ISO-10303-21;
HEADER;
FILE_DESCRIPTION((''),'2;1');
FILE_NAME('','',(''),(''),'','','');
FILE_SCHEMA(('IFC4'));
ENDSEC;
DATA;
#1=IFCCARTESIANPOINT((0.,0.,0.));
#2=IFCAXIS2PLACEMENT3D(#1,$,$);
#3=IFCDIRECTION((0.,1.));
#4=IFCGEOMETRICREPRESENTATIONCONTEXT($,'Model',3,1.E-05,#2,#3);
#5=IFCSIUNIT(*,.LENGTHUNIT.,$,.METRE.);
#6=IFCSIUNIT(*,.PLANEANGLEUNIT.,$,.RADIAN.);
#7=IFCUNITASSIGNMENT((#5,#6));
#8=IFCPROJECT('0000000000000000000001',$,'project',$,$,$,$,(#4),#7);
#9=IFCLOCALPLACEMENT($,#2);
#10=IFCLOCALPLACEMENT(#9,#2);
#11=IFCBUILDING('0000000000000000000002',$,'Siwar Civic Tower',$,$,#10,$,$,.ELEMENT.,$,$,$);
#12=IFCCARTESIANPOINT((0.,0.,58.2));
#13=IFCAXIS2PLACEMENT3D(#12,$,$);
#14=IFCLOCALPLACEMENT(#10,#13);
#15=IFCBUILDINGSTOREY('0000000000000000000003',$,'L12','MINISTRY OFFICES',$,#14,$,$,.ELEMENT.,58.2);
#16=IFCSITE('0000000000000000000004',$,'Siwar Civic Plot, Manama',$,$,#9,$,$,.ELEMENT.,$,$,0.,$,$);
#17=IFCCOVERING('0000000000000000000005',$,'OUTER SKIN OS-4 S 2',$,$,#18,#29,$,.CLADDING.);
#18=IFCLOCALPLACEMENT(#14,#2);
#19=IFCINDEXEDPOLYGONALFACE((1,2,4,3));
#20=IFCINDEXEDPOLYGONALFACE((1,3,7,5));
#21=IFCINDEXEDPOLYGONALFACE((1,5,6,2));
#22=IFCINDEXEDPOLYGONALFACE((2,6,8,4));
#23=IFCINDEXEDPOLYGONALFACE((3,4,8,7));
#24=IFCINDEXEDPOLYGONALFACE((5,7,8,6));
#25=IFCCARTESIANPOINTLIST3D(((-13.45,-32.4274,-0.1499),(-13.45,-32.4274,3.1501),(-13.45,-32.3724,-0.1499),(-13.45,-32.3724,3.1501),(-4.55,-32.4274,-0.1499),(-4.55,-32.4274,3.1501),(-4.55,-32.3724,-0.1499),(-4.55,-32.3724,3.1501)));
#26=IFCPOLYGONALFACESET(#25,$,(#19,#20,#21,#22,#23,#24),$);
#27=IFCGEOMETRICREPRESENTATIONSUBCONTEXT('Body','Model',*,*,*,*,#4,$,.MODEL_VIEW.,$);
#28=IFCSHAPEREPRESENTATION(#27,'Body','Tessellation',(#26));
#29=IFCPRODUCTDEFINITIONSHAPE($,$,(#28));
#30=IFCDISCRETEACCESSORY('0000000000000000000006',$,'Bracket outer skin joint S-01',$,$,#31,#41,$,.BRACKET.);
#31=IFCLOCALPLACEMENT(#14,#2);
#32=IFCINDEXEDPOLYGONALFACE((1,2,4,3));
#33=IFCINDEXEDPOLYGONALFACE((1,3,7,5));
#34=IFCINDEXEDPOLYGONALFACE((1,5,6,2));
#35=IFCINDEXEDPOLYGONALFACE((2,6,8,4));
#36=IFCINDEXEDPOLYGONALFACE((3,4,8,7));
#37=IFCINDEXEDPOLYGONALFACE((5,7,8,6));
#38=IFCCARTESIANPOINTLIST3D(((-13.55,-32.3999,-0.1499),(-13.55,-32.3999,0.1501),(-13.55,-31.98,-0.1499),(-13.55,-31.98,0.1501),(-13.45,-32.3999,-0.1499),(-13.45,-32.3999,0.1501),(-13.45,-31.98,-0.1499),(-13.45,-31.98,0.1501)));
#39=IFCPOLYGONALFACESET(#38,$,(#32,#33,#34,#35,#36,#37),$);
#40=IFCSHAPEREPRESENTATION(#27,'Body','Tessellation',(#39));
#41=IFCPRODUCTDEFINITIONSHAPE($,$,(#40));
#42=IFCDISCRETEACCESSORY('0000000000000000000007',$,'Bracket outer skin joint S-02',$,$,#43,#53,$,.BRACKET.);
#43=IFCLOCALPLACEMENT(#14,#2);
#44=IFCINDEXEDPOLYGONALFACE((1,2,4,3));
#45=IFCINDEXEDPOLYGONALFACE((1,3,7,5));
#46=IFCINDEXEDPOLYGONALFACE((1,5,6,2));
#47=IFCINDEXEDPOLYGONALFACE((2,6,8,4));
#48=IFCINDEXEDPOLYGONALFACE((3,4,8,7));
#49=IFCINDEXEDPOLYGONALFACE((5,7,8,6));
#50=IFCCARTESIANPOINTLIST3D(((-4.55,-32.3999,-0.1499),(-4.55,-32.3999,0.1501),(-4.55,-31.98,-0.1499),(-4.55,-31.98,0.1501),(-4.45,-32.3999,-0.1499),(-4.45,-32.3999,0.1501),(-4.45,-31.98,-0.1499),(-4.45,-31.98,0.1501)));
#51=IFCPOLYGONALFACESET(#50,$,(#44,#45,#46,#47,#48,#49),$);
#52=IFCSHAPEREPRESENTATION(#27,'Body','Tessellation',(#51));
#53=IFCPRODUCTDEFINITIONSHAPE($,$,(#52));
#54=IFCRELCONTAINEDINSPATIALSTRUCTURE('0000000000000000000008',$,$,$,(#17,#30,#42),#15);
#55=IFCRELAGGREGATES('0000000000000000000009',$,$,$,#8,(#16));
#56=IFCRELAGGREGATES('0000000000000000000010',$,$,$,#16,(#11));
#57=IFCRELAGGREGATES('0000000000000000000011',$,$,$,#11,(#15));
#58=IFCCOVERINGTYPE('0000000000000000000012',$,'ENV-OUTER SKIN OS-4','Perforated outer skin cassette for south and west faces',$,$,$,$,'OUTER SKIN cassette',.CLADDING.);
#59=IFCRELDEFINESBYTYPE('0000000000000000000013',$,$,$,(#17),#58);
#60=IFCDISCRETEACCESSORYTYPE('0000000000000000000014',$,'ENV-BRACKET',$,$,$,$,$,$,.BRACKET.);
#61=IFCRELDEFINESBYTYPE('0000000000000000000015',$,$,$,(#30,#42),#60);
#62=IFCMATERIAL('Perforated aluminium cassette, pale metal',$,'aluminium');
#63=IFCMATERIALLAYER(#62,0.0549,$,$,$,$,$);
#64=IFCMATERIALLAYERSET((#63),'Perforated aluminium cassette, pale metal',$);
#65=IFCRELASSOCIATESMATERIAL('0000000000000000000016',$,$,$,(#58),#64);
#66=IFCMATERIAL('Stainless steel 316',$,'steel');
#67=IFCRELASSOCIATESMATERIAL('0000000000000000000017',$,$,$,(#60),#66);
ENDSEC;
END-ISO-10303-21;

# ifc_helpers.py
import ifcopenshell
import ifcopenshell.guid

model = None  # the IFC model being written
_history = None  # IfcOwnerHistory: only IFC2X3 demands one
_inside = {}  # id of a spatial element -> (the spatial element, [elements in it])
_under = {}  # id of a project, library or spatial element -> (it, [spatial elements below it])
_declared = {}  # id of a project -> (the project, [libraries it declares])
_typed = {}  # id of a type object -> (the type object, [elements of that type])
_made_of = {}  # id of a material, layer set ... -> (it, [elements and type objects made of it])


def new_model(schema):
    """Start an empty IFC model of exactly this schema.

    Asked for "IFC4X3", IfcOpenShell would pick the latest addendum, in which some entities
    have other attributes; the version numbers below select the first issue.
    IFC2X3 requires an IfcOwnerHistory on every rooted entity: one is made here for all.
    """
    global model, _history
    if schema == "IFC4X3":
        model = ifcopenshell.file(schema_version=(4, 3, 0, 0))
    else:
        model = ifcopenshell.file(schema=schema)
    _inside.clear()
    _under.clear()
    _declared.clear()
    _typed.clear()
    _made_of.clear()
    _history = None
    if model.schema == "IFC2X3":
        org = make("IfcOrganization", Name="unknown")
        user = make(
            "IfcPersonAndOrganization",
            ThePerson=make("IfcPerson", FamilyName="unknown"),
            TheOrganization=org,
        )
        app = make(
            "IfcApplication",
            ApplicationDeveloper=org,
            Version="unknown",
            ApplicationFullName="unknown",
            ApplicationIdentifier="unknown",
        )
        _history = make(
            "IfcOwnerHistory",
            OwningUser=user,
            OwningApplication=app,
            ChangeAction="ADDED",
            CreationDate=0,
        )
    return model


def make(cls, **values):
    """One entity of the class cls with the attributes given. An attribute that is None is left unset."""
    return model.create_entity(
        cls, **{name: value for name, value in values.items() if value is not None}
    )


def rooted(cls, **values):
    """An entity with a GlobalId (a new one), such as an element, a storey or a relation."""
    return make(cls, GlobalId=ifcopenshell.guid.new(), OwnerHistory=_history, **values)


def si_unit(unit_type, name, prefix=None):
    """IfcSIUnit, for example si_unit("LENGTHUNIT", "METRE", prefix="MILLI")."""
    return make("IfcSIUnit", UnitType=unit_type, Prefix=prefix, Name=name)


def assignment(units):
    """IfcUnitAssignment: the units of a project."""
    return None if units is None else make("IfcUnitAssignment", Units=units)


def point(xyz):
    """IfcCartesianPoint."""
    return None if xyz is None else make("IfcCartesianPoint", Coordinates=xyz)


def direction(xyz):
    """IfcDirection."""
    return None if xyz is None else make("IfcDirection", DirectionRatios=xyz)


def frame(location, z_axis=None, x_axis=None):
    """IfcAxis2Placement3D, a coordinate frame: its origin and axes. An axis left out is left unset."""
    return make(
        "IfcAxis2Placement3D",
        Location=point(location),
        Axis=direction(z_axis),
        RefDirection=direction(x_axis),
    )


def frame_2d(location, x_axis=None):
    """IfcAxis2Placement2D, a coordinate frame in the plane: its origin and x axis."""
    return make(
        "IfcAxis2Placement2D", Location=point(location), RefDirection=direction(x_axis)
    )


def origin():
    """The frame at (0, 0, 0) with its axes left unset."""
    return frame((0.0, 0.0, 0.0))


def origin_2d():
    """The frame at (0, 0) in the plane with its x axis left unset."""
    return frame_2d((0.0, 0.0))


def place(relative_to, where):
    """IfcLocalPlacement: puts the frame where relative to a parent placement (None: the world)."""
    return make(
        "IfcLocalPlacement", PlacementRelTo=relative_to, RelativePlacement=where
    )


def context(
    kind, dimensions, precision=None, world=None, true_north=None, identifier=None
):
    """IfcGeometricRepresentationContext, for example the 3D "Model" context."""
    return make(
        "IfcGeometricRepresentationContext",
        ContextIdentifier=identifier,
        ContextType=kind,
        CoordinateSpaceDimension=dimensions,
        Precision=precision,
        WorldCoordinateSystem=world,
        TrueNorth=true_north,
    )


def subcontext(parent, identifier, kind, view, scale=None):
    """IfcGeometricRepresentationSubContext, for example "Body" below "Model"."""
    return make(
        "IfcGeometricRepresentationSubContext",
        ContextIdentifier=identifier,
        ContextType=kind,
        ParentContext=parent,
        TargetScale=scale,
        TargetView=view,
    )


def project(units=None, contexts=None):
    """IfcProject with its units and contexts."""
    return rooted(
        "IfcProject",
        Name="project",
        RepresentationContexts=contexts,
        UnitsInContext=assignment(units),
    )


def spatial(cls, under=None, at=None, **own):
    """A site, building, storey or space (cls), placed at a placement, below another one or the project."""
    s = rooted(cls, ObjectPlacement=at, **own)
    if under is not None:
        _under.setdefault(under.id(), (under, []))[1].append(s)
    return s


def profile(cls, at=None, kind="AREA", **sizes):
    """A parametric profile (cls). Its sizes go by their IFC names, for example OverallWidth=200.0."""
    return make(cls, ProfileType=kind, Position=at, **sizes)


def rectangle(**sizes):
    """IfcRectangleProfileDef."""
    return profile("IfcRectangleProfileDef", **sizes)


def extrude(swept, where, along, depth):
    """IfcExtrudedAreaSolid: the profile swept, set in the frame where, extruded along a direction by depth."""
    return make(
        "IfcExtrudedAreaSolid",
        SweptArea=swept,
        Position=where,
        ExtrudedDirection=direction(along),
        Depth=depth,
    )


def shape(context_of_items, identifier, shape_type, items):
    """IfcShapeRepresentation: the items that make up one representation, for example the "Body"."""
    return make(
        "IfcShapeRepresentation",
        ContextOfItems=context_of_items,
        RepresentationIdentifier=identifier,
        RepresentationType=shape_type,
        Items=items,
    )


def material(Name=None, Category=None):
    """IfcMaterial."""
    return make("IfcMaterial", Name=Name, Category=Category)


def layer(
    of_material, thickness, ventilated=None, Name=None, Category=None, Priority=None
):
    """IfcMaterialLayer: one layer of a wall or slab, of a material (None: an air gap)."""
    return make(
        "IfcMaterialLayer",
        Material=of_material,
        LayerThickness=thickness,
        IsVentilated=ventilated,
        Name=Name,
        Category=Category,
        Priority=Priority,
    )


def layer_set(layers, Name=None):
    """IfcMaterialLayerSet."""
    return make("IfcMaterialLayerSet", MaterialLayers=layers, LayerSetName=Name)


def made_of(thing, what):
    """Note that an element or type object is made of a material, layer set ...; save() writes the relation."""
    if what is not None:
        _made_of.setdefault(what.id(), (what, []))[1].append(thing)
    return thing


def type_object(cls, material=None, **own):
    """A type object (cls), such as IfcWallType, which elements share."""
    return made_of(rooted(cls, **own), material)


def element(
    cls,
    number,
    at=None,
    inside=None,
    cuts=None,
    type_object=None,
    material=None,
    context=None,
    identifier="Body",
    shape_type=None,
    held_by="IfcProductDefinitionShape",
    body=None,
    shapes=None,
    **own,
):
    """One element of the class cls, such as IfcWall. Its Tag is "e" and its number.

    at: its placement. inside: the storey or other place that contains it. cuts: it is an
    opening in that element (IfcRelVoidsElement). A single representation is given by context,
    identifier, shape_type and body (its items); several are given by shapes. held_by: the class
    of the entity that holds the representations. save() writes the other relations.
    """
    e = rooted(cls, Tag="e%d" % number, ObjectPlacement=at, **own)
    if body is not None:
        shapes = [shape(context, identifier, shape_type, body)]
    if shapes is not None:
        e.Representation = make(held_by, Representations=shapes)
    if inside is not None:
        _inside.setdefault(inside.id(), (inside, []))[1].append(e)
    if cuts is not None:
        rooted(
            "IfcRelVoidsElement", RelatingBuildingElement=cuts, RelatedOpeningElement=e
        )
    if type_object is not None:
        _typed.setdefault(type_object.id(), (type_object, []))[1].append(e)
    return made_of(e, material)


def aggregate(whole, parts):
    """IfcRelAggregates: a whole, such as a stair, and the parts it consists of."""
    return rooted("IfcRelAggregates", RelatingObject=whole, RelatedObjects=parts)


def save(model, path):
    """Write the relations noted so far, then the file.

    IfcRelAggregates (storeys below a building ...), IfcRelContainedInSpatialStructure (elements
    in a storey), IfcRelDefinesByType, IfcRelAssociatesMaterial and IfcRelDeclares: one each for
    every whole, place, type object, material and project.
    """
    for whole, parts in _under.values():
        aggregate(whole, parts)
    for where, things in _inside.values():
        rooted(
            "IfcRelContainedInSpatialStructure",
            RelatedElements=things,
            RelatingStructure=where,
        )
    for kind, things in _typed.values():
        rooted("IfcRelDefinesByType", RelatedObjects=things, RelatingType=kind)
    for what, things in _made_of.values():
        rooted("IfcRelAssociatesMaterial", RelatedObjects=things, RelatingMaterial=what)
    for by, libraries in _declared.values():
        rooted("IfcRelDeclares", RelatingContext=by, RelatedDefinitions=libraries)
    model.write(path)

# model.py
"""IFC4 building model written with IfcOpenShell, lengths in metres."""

from ifc_helpers import new_model, si_unit, direction, frame, origin, origin_2d, place, context, subcontext, project, spatial, rectangle, extrude, material, layer, layer_set, type_object, element, save


model = new_model("IFC4")

# Units and contexts
model_context = context("Model", 3, precision=1e-05, world=origin(), true_north=direction((0.0, 1.0)))
body_context = subcontext(model_context, "Body", "Model", "MODEL_VIEW")
ifc_project = project(units=[si_unit("LENGTHUNIT", "METRE"), si_unit("PLANEANGLEUNIT", "RADIAN")], contexts=[model_context])

# Site, building, storey
site_placement = place(None, origin())
site = spatial("IfcSite", under=ifc_project, at=site_placement, Name="Siwar Civic Plot, Manama", CompositionType="ELEMENT", RefElevation=0.0)
building_placement = place(site_placement, origin())
building = spatial("IfcBuilding", under=site, at=building_placement, Name="Siwar Civic Tower", CompositionType="ELEMENT")
storey_placement = place(building_placement, frame((0.0, 0.0, 58.2)))
storey = spatial("IfcBuildingStorey", under=building, at=storey_placement, Name="L12", Description="MINISTRY OFFICES", CompositionType="ELEMENT", Elevation=58.2)

# Covering
ifc_material_1 = material(Name="Perforated aluminium cassette, pale metal", Category="aluminium")
ifc_layer_1 = layer(ifc_material_1, 0.0549)
ifc_layer_set_1 = layer_set([ifc_layer_1], Name="Perforated aluminium cassette, pale metal")
covering_type = type_object("IfcCoveringType", Name="ENV-OUTER SKIN OS-4", Description="Perforated outer skin cassette for south and west faces", ElementType="OUTER SKIN cassette", PredefinedType="CLADDING", material=ifc_layer_set_1)
covering_1_placement = place(storey_placement, frame((-9.0, -32.3999, -0.1499), z_axis=(0.0, 0.0, 1.0), x_axis=(1.0, 0.0, 0.0)))
element("IfcCovering", 1, at=covering_1_placement, inside=storey, type_object=covering_type, Name="OUTER SKIN OS-4 S 2", PredefinedType="CLADDING", context=body_context, shape_type="SweptSolid", body=[
    extrude(rectangle(XDim=8.8999, YDim=0.0549, at=origin_2d()), origin(), (0.0, 0.0, 1.0), 3.3),
])

# Discrete accessories
ifc_material_2 = material(Name="Stainless steel 316", Category="steel")
discrete_accessory_type = type_object("IfcDiscreteAccessoryType", Name="ENV-BRACKET", PredefinedType="BRACKET", material=ifc_material_2)
for number, where, z_axis, x_axis, name in (
    (2, (-13.5, -32.1899, -0.1499), (0.0, 0.0, 1.0), (0.0, -1.0, 0.0), "Bracket outer skin joint S-01"),
    (3, (-4.5, -32.1899, -0.1499), (0.0, 0.0, 1.0), (0.0, -1.0, 0.0), "Bracket outer skin joint S-02"),
):
    element("IfcDiscreteAccessory", number, at=place(storey_placement, frame(where, z_axis=z_axis, x_axis=x_axis)), inside=storey, type_object=discrete_accessory_type, Name=name, PredefinedType="BRACKET", context=body_context, shape_type="SweptSolid", body=[
        extrude(rectangle(XDim=0.4199, YDim=0.1001, at=origin_2d()), origin(), (0.0, 0.0, 1.0), 0.3),
    ])

save(model, "model.ifc")
